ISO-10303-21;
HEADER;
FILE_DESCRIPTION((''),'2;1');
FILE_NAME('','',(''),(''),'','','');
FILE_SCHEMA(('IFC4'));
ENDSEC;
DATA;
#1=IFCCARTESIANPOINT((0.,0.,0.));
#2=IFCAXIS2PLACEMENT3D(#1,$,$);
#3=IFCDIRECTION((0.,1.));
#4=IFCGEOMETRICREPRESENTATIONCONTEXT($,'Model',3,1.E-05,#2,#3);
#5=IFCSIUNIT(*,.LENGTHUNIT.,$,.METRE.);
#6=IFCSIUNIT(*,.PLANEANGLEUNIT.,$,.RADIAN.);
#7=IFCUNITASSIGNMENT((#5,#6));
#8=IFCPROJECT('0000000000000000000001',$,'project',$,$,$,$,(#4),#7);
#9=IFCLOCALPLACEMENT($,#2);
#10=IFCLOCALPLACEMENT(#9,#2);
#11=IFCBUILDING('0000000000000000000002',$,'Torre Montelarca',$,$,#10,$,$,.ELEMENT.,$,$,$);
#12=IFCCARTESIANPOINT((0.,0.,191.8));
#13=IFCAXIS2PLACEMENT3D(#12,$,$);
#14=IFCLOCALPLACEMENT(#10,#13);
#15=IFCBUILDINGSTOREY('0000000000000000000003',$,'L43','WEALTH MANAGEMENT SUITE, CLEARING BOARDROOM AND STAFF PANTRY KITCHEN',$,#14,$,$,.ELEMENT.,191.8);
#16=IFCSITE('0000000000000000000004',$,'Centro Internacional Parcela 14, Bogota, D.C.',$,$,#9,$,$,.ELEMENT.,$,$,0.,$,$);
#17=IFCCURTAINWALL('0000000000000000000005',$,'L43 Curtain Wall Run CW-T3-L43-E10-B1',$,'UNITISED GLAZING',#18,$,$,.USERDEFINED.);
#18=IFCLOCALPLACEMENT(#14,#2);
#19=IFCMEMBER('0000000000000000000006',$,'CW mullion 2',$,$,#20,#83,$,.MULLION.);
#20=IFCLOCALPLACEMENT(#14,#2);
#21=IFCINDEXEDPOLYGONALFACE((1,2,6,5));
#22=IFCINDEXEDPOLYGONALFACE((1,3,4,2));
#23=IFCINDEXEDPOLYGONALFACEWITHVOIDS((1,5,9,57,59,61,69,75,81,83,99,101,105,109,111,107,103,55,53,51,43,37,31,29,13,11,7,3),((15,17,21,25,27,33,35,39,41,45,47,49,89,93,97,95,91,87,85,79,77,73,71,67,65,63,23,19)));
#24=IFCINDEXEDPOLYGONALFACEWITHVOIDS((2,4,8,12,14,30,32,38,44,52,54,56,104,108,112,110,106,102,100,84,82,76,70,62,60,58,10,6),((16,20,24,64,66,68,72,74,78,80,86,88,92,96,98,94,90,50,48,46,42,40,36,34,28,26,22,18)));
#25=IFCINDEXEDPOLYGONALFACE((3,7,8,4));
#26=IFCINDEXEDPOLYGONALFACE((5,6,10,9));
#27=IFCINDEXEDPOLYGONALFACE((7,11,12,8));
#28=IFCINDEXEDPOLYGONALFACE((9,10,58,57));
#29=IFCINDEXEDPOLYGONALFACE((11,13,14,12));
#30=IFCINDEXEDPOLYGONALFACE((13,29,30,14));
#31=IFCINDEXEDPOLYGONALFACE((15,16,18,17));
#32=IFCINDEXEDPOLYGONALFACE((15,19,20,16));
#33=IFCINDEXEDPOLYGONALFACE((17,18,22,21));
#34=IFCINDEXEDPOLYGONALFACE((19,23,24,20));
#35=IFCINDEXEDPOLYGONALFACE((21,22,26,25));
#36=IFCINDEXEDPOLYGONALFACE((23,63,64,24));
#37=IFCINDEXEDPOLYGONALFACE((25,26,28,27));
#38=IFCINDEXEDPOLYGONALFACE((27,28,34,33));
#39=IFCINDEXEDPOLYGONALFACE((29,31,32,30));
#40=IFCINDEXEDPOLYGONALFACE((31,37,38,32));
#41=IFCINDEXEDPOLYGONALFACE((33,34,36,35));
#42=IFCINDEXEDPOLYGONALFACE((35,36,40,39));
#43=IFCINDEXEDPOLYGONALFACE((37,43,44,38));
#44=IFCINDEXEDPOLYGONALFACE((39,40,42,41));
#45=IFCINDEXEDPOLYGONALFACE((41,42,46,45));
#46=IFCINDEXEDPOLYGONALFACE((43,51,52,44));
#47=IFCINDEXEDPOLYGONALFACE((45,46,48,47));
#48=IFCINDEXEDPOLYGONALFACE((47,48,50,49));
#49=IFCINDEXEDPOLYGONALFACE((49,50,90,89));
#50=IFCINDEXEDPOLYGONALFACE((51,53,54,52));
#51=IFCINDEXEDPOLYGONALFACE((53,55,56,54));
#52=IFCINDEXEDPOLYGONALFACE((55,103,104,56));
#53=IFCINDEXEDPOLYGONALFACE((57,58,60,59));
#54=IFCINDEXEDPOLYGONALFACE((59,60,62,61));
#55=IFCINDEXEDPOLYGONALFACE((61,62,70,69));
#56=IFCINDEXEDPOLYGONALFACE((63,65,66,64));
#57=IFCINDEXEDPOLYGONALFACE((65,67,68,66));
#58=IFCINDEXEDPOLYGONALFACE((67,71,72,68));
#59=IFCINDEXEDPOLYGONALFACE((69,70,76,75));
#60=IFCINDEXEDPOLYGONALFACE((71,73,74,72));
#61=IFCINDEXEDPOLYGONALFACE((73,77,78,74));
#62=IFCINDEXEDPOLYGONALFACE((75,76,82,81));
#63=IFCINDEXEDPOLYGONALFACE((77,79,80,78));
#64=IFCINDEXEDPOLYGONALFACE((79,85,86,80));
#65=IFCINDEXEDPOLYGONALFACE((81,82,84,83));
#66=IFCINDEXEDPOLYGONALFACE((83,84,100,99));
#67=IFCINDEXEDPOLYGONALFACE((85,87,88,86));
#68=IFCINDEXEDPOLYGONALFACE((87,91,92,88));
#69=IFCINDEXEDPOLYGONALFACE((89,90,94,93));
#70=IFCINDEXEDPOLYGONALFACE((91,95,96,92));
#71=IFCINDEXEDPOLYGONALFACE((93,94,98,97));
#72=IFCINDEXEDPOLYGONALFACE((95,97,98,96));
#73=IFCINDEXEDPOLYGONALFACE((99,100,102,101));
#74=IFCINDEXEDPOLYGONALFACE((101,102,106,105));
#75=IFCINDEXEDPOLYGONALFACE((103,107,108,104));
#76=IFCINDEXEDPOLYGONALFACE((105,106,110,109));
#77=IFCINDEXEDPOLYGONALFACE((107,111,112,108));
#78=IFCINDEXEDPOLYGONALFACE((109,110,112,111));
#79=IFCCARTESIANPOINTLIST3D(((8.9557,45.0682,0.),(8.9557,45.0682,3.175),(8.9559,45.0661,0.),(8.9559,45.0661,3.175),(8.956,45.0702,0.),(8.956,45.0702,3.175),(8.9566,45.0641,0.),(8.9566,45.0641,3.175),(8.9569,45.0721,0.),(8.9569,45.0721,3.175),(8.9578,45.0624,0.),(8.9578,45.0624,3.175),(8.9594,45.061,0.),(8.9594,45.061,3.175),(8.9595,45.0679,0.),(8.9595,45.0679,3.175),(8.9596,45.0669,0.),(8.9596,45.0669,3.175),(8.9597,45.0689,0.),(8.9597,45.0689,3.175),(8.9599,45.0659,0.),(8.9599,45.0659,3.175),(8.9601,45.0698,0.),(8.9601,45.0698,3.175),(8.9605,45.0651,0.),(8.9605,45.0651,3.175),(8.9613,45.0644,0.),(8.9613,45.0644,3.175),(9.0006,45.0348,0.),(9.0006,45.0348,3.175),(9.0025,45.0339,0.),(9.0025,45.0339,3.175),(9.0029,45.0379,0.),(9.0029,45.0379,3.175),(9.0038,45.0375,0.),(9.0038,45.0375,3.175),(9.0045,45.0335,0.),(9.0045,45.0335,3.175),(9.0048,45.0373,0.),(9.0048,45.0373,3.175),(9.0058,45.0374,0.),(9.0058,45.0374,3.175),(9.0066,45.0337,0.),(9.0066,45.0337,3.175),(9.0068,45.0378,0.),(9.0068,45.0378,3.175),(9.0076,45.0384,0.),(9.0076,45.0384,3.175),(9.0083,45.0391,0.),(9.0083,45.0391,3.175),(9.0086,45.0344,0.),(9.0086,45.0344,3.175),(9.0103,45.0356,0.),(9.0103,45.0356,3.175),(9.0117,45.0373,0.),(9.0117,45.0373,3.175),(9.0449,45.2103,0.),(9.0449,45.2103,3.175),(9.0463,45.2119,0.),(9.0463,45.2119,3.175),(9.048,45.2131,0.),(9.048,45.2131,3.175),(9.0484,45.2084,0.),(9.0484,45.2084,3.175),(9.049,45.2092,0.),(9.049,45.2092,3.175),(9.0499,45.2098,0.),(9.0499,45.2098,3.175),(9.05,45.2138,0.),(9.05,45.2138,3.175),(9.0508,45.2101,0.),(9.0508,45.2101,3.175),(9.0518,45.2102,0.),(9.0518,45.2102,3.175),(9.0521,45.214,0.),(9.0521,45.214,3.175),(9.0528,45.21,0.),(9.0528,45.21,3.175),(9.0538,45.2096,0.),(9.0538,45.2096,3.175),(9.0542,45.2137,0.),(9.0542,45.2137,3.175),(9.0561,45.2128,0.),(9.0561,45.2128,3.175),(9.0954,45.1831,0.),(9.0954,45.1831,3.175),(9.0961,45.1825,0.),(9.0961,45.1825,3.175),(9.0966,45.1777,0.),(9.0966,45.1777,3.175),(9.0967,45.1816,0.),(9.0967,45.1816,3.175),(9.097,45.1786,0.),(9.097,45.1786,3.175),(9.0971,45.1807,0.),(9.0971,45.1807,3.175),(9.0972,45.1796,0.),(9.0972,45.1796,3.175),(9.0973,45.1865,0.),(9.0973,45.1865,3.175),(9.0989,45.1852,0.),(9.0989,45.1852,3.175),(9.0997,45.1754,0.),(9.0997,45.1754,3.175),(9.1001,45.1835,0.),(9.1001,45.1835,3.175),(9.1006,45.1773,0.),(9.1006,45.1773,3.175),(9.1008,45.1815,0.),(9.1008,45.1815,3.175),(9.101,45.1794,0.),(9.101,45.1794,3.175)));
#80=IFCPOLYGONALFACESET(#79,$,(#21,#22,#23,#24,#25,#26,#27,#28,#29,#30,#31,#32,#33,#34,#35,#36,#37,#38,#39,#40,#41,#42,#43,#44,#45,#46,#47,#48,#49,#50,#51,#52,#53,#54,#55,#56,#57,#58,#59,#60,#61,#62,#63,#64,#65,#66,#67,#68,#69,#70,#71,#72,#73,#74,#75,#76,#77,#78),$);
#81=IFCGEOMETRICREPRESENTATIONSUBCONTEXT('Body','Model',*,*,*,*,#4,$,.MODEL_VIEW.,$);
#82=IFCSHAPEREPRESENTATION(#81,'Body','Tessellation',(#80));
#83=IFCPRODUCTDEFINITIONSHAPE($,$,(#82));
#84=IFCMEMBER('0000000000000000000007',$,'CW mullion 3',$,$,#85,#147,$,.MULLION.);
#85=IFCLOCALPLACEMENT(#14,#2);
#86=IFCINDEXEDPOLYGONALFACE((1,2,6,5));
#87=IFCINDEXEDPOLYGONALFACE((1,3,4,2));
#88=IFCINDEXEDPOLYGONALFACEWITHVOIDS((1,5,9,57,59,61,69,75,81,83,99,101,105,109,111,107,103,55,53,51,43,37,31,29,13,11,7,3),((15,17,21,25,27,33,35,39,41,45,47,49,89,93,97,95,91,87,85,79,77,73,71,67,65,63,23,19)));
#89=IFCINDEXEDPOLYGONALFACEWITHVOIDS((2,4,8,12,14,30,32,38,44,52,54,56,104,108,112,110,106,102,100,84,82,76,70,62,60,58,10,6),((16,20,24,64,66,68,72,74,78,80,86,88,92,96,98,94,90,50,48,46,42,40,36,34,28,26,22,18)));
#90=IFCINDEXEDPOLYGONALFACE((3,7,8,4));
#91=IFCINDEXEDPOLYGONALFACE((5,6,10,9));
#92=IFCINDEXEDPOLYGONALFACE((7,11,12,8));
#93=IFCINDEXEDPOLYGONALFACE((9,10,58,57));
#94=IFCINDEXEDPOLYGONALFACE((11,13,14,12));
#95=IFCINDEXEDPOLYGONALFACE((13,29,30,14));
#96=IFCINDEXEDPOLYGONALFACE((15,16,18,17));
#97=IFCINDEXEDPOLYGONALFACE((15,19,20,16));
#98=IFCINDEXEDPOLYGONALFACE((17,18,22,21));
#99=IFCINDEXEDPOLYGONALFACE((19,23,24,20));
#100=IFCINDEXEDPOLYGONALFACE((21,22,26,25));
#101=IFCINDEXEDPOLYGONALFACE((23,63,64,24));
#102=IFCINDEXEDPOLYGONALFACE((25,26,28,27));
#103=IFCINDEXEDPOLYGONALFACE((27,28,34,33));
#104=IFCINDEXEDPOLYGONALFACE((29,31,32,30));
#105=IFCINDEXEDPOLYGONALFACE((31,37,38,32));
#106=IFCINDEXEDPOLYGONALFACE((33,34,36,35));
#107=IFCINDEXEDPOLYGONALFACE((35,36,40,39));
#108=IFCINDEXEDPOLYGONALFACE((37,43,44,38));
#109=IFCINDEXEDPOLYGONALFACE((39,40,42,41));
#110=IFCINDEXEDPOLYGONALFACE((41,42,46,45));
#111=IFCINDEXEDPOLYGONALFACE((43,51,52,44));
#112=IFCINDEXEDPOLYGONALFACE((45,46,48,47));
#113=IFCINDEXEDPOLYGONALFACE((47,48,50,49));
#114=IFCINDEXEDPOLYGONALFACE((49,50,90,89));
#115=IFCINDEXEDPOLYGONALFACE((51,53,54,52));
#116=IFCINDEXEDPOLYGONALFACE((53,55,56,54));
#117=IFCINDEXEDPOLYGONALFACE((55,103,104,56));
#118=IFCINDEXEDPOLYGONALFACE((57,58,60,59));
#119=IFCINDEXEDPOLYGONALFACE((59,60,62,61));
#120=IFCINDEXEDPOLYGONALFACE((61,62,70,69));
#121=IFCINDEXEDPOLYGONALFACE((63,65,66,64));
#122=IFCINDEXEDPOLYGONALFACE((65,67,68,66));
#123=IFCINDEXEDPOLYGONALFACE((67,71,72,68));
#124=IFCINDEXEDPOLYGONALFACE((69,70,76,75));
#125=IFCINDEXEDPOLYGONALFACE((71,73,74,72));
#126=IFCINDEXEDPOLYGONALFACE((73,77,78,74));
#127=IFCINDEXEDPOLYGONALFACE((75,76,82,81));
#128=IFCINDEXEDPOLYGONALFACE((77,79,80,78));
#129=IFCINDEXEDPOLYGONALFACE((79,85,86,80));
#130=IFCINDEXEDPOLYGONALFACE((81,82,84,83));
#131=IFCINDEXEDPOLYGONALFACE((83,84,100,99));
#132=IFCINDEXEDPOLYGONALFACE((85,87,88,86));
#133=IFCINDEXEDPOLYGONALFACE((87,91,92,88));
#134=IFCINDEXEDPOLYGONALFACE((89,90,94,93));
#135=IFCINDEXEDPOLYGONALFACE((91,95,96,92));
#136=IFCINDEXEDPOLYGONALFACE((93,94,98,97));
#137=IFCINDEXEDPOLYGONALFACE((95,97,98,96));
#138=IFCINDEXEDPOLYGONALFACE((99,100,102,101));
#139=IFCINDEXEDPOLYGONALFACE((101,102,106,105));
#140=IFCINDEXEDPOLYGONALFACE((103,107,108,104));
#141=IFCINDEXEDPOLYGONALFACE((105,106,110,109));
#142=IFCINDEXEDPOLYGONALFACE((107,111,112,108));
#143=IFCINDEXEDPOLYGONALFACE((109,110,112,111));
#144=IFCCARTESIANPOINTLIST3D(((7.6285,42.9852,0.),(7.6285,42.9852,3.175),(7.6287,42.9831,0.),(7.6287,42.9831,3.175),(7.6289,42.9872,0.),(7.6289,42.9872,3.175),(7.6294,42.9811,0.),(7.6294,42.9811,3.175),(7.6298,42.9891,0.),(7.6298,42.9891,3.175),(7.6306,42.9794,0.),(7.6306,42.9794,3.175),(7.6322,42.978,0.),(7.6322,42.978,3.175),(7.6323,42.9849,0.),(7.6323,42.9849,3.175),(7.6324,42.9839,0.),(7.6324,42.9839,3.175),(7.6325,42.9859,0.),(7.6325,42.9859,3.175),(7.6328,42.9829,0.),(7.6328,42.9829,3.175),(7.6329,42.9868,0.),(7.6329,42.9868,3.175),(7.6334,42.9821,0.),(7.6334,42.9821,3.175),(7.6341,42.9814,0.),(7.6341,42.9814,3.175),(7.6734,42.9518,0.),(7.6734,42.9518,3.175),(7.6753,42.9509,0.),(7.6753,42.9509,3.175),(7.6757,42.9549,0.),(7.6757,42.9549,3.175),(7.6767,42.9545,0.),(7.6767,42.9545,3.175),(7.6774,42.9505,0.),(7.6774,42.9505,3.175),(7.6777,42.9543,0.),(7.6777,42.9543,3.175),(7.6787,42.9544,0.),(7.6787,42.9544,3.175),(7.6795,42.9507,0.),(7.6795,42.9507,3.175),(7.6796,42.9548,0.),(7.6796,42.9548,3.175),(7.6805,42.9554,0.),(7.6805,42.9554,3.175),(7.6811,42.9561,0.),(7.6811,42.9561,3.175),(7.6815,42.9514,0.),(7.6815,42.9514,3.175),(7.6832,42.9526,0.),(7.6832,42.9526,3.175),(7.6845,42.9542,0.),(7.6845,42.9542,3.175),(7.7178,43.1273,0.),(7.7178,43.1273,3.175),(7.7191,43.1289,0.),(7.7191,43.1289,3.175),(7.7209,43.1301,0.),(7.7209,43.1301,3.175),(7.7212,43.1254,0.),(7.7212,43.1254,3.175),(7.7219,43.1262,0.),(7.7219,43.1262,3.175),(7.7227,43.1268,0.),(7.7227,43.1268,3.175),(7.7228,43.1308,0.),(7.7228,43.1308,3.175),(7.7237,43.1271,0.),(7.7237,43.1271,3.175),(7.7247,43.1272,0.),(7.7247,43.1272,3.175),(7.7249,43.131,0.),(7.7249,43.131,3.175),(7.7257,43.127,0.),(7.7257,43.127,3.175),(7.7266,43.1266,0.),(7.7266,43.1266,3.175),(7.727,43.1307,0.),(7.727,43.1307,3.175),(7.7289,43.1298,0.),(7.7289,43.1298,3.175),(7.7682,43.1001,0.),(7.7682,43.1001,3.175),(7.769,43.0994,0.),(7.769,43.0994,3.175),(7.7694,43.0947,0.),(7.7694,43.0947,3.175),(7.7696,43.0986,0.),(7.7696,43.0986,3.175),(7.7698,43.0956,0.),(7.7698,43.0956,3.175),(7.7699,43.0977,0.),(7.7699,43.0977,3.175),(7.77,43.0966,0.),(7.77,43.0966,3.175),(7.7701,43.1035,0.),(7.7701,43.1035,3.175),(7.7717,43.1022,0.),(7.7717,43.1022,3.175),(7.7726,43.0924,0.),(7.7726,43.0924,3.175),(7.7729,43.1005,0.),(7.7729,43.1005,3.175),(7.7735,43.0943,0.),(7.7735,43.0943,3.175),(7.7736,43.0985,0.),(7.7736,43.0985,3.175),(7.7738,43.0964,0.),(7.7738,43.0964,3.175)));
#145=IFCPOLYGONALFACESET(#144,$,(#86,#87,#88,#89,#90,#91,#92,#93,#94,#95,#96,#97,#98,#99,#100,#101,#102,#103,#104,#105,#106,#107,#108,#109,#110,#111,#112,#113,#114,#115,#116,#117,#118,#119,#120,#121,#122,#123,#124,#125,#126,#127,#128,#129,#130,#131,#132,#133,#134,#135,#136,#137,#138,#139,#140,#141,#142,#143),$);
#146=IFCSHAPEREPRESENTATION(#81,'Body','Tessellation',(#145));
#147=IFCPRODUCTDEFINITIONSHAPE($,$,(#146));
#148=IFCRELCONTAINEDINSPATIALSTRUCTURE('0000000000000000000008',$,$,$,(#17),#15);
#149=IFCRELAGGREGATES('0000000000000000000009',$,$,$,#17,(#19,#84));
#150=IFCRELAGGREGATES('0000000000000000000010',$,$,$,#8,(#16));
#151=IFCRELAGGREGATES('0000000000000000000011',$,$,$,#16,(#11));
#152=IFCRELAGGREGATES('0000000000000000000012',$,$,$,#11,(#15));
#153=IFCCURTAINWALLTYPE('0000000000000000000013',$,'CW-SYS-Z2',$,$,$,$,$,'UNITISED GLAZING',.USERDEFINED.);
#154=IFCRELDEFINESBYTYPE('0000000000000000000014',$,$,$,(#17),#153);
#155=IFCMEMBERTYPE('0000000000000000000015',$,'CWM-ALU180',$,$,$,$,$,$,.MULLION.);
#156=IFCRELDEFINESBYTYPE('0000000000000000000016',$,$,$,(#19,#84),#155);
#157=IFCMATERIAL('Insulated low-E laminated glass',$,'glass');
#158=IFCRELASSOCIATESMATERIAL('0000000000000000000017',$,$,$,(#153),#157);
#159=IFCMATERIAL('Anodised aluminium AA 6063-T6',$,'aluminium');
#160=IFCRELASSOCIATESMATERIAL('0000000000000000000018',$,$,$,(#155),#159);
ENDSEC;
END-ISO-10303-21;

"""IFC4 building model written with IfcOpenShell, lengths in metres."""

from ifc_helpers import new_model, si_unit, direction, frame, origin, origin_2d, place, context, subcontext, project, spatial, hollow_rectangle, extrude, source, transform, mapped, material, material_profile, profile_set, type_object, element, aggregate, save


model = new_model("IFC4")

# Units and contexts
model_context = context("Model", 3, precision=1e-05, world=origin(), true_north=direction((0.0, 1.0)))
body_context = subcontext(model_context, "Body", "Model", "MODEL_VIEW")
ifc_project = project(units=[si_unit("LENGTHUNIT", "METRE"), si_unit("PLANEANGLEUNIT", "RADIAN")], contexts=[model_context])

# Site, building, storey
site_placement = place(None, origin())
site = spatial("IfcSite", under=ifc_project, at=site_placement, Name="Centro Internacional Parcela 14, Bogota, D.C.", CompositionType="ELEMENT", RefElevation=0.0)
building_placement = place(site_placement, origin())
building = spatial("IfcBuilding", under=site, at=building_placement, Name="Torre Montelarca", CompositionType="ELEMENT")
storey_placement = place(building_placement, frame((0.0, 0.0, 191.8)))
storey = spatial("IfcBuildingStorey", under=building, at=storey_placement, Name="L43", Description="WEALTH MANAGEMENT SUITE, CLEARING BOARDROOM AND STAFF PANTRY KITCHEN", CompositionType="ELEMENT", Elevation=191.8)

# Curtain wall, members
ifc_material_1 = material(Name="Insulated low-E laminated glass", Category="glass")
curtain_wall_type = type_object("IfcCurtainWallType", Name="CW-SYS-Z2", ElementType="UNITISED GLAZING", PredefinedType="USERDEFINED", material=ifc_material_1)
ifc_material_2 = material(Name="Anodised aluminium AA 6063-T6", Category="aluminium")
ifc_material_profile_1 = material_profile(ifc_material_2, hollow_rectangle(XDim=0.0649, YDim=0.1799, WallThickness=0.0039, InnerFilletRadius=0.0039, OuterFilletRadius=0.0081, at=origin_2d()), Name="ALU65X180X4", Category="aluminium")
ifc_profile_set_1 = profile_set([ifc_material_profile_1], Name="Anodised aluminium AA 6063-T6")
member_type_1 = type_object("IfcMemberType", Name="CWM-ALU180", PredefinedType="MULLION", material=ifc_profile_set_1)
curtain_wall_1_placement = place(storey_placement, origin())
curtain_wall_1 = element("IfcCurtainWall", 1, at=curtain_wall_1_placement, inside=storey, type_object=curtain_wall_type, Name="L43 Curtain Wall Run CW-T3-L43-E10-B1", ObjectType="UNITISED GLAZING", PredefinedType="USERDEFINED")
shared_shape_1 = source(origin(), body_context, "Body", "SweptSolid", [
    extrude(hollow_rectangle(XDim=0.0649, YDim=0.1799, WallThickness=0.0039, InnerFilletRadius=0.0039, OuterFilletRadius=0.0081, at=origin_2d()), origin(), (0.0, 0.0, 1.0), 3.175),
])
member_1_placement = place(storey_placement, frame((9.0283, 45.1238, 0.0), z_axis=(0.0, 0.0, 1.0), x_axis=(0.843386, -0.537309, 0.0)))
member_1 = element("IfcMember", 2, at=member_1_placement, type_object=member_type_1, Name="CW mullion 2", PredefinedType="MULLION", context=body_context, shape_type="MappedRepresentation", body=[
    mapped(shared_shape_1, transform((0.0, 0.0, 0.0), scale=1.0)),
])
member_2_placement = place(storey_placement, frame((7.7012, 43.0408, 0.0), z_axis=(0.0, 0.0, 1.0), x_axis=(0.843386, -0.537309, 0.0)))
member_2 = element("IfcMember", 3, at=member_2_placement, type_object=member_type_1, Name="CW mullion 3", PredefinedType="MULLION", context=body_context, shape_type="MappedRepresentation", body=[
    mapped(shared_shape_1, transform((0.0, 0.0, 0.0), scale=1.0)),
])

aggregate(curtain_wall_1, [member_1, member_2])

save(model, "model.ifc")
